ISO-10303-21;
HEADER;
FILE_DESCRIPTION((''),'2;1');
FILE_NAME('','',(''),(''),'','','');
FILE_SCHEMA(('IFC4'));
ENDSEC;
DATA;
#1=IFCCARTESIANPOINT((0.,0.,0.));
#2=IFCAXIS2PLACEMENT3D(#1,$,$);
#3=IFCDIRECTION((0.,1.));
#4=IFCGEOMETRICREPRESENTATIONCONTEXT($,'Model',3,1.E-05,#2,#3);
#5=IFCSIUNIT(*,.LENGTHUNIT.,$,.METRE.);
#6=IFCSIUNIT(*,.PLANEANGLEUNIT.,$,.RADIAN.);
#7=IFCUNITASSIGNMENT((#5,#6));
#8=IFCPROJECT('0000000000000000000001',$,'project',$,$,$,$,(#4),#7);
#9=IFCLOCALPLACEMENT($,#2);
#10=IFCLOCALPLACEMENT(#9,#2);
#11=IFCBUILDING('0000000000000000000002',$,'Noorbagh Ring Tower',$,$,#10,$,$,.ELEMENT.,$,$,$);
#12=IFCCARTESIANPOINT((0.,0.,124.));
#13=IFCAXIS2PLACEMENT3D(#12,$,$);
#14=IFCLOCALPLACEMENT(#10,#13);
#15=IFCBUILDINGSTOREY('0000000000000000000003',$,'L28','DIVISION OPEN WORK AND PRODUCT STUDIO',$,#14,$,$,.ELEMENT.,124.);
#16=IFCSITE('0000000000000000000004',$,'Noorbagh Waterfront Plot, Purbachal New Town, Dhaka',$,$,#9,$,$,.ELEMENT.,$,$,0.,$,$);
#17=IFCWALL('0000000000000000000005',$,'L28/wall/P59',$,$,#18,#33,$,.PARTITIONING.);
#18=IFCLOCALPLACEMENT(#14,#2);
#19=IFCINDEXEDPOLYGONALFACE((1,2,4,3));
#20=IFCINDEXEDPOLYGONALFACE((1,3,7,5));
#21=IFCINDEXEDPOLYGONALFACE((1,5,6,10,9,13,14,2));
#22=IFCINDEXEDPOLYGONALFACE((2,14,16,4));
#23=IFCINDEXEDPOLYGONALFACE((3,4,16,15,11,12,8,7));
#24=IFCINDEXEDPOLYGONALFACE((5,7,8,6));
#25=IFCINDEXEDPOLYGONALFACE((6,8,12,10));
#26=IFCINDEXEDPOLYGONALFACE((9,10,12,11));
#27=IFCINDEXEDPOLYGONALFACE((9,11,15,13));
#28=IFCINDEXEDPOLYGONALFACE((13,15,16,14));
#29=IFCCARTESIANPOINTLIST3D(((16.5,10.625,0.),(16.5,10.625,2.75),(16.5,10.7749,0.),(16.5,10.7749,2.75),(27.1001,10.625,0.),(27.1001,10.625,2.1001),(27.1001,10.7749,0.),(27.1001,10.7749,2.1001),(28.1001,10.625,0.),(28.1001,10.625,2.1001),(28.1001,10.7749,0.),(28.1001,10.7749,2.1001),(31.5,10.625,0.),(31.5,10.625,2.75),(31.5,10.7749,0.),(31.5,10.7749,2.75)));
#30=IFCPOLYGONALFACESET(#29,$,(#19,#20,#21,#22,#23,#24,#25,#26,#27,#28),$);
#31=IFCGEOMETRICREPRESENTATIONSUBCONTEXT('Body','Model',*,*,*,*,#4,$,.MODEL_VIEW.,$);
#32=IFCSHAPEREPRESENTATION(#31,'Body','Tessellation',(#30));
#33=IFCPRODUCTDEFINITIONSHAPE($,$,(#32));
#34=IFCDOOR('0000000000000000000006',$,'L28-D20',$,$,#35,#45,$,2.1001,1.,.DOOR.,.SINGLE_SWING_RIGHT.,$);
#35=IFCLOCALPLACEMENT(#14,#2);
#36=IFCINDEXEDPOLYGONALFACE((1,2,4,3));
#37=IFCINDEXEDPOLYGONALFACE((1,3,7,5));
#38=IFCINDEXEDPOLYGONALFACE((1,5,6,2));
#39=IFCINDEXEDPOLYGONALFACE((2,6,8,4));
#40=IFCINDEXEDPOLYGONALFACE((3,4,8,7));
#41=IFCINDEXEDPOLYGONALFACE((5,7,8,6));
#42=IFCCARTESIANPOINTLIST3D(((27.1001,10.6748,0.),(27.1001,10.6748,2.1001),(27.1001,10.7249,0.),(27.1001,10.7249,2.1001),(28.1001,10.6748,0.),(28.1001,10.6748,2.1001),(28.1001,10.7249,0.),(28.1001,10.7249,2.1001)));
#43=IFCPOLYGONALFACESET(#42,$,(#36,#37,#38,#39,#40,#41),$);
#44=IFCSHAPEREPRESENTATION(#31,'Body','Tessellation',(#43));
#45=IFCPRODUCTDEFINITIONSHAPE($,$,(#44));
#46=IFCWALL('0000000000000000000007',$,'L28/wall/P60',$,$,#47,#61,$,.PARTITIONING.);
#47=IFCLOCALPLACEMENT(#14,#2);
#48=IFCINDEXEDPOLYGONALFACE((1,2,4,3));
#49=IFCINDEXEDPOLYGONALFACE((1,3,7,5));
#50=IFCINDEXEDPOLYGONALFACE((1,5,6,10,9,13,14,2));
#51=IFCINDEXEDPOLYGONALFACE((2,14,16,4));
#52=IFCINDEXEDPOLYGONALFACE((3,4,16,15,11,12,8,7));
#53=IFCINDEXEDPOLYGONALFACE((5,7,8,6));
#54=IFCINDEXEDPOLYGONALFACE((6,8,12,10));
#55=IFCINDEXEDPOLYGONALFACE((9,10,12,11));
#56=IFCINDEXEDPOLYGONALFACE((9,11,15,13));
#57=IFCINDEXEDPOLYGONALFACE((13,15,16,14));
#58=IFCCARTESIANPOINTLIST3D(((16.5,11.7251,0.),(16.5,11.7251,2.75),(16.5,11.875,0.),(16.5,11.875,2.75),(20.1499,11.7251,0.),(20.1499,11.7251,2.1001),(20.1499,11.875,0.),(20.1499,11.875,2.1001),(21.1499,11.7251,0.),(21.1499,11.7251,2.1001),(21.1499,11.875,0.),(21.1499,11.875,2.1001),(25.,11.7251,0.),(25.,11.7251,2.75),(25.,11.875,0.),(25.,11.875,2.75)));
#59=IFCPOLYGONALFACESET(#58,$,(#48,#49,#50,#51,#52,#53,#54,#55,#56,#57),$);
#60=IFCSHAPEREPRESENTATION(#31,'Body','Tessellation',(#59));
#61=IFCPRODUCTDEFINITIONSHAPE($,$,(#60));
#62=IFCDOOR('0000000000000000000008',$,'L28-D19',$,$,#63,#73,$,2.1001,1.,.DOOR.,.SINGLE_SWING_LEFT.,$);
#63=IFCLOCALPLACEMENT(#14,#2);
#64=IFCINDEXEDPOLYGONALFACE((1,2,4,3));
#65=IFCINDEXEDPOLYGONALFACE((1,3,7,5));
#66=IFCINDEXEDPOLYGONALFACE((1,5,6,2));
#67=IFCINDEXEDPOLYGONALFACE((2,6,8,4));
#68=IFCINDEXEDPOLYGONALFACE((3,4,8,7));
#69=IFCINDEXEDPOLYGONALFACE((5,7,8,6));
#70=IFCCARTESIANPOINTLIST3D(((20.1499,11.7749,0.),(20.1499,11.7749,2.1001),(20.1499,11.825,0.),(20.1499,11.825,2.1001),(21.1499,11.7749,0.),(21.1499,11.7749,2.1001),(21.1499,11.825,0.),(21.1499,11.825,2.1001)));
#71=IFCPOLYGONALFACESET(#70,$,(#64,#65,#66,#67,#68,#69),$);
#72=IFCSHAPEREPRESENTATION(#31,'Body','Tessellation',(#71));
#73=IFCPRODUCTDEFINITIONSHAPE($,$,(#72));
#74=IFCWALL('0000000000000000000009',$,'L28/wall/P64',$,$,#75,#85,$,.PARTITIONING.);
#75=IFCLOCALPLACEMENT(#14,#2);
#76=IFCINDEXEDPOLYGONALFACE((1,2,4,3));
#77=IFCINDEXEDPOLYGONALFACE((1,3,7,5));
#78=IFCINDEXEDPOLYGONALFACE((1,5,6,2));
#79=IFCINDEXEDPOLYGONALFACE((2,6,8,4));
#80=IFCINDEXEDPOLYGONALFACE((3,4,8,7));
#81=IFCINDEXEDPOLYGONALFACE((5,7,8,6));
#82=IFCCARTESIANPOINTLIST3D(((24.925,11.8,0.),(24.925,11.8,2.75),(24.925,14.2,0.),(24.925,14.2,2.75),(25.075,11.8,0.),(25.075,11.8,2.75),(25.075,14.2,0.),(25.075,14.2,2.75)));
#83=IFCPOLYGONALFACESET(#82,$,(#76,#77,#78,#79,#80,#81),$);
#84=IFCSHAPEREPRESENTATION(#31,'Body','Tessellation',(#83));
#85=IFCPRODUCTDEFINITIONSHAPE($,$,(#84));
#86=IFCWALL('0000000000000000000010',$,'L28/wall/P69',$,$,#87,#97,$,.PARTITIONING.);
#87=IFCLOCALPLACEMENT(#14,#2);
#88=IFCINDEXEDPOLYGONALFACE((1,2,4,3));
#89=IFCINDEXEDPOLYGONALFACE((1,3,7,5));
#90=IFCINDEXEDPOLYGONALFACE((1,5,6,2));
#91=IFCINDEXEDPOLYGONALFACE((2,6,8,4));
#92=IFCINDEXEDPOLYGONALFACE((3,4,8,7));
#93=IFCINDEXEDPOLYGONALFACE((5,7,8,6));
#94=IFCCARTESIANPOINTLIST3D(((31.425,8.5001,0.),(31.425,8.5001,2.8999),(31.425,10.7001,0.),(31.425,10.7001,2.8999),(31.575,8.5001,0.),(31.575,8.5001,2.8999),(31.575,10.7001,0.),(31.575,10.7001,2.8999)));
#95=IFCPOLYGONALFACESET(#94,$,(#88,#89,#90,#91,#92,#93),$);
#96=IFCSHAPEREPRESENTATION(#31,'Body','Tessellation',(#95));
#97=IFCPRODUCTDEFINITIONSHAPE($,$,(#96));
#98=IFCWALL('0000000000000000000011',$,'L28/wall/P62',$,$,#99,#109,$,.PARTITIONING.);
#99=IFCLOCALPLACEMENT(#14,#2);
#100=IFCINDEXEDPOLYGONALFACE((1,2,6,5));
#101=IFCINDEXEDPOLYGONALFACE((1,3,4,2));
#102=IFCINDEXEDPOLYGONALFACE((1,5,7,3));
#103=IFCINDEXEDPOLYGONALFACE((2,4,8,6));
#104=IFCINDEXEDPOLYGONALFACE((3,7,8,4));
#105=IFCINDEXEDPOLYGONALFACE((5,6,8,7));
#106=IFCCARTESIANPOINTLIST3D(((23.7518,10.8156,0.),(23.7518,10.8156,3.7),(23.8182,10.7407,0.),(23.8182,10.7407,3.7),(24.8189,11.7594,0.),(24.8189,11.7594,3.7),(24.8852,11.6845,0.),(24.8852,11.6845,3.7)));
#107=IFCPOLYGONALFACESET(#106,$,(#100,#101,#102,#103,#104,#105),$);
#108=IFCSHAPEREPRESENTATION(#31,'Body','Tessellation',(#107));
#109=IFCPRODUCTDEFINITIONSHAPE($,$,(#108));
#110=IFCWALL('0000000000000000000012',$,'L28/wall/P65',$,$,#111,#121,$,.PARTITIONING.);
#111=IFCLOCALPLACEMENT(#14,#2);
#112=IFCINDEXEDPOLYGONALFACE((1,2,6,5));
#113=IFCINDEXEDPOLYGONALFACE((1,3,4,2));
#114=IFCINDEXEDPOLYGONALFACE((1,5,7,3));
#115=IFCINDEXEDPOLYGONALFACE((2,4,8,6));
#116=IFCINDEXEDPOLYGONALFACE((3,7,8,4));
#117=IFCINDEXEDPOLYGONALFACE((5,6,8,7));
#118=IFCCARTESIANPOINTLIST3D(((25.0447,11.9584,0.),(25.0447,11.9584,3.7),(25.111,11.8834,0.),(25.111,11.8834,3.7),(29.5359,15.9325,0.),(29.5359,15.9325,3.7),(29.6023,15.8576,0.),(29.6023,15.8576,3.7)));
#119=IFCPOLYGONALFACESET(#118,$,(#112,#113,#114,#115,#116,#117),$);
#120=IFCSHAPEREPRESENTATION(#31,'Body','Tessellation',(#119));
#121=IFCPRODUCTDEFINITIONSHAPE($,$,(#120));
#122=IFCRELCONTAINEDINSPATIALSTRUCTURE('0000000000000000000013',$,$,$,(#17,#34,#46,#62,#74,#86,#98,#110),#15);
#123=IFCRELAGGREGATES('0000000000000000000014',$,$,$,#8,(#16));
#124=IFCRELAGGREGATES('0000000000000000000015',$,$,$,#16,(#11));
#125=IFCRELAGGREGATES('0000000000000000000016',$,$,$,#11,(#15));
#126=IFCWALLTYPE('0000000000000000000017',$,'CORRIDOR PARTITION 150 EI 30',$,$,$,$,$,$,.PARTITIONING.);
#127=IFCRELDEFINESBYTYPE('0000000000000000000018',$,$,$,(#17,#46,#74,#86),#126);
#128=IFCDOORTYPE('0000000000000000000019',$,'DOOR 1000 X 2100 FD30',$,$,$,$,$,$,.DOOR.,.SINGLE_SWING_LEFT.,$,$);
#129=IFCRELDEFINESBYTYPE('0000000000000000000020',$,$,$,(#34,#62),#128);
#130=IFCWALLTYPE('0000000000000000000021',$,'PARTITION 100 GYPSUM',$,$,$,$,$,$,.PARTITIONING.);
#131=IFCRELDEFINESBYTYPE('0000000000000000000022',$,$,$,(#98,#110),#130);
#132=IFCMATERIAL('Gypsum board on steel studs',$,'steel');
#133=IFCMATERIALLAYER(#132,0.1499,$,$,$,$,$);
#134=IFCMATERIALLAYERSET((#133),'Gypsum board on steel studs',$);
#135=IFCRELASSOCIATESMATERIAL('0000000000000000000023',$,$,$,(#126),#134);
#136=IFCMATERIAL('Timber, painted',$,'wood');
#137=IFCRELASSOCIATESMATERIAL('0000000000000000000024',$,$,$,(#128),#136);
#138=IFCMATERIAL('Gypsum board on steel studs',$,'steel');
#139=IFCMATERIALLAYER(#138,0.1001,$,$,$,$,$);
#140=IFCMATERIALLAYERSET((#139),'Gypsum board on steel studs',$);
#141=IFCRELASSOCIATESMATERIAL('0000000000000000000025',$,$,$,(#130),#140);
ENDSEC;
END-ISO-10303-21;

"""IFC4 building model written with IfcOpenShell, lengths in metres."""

from ifc_helpers import new_model, si_unit, direction, frame, frame_2d, origin, place, context, subcontext, project, spatial, rectangle, extrude, material, layer, layer_set, type_object, element, fill, save


model = new_model("IFC4")

# Units and contexts
model_context = context("Model", 3, precision=1e-05, world=origin(), true_north=direction((0.0, 1.0)))
body_context = subcontext(model_context, "Body", "Model", "MODEL_VIEW")
ifc_project = project(units=[si_unit("LENGTHUNIT", "METRE"), si_unit("PLANEANGLEUNIT", "RADIAN")], contexts=[model_context])

# Site, building, storey
site_placement = place(None, origin())
site = spatial("IfcSite", under=ifc_project, at=site_placement, Name="Noorbagh Waterfront Plot, Purbachal New Town, Dhaka", CompositionType="ELEMENT", RefElevation=0.0)
building_placement = place(site_placement, origin())
building = spatial("IfcBuilding", under=site, at=building_placement, Name="Noorbagh Ring Tower", CompositionType="ELEMENT")
storey_placement = place(building_placement, frame((0.0, 0.0, 124.0)))
storey = spatial("IfcBuildingStorey", under=building, at=storey_placement, Name="L28", Description="DIVISION OPEN WORK AND PRODUCT STUDIO", CompositionType="ELEMENT", Elevation=124.0)

# Walls, openings, doors
ifc_material_1 = material(Name="Gypsum board on steel studs", Category="steel")
ifc_layer_1 = layer(ifc_material_1, 0.1499)
ifc_layer_set_1 = layer_set([ifc_layer_1], Name="Gypsum board on steel studs")
wall_type_1 = type_object("IfcWallType", Name="CORRIDOR PARTITION 150 EI 30", PredefinedType="PARTITIONING", material=ifc_layer_set_1)
wall_1_placement = place(storey_placement, frame((16.5, 10.7, 0.0), z_axis=(0.0, 0.0, 1.0), x_axis=(1.0, 0.0, 0.0)))
wall_1 = element("IfcWall", 1, at=wall_1_placement, inside=storey, type_object=wall_type_1, Name="L28/wall/P59", PredefinedType="PARTITIONING", context=body_context, shape_type="SweptSolid", body=[
    extrude(rectangle(XDim=15.0, YDim=0.1499, at=frame_2d((7.5, 0.0))), origin(), (0.0, 0.0, 1.0), 2.75),
])
opening_1_placement = place(wall_1_placement, frame((10.6001, 0.0, 0.0)))
opening_1 = element("IfcOpeningElement", 2, at=opening_1_placement, cuts=wall_1, PredefinedType="OPENING", context=body_context, shape_type="SweptSolid", body=[
    extrude(rectangle(XDim=1.0, YDim=2.1001, at=frame_2d((0.5, 1.05))), frame((0.0, 0.085, 0.0), z_axis=(0.0, -1.0, 0.0), x_axis=(1.0, 0.0, 0.0)), (0.0, 0.0, 1.0), 0.1699),
])
ifc_material_2 = material(Name="Timber, painted", Category="wood")
door_type = type_object("IfcDoorType", Name="DOOR 1000 X 2100 FD30", OperationType="SINGLE_SWING_LEFT", PredefinedType="DOOR", material=ifc_material_2)
door_1_placement = place(opening_1_placement, origin())
door_1 = element("IfcDoor", 3, at=door_1_placement, inside=storey, type_object=door_type, Name="L28-D20", OperationType="SINGLE_SWING_RIGHT", OverallHeight=2.1001, OverallWidth=1.0, PredefinedType="DOOR", context=body_context, shape_type="SweptSolid", body=[
    extrude(rectangle(XDim=1.0, YDim=2.1001, at=frame_2d((0.5, 1.05))), frame((0.0, 0.0249, 0.0), z_axis=(0.0, -1.0, 0.0), x_axis=(1.0, 0.0, 0.0)), (0.0, 0.0, 1.0), 0.05),
])
fill(opening_1, door_1)
wall_2_placement = place(storey_placement, frame((16.5, 11.8, 0.0), z_axis=(0.0, 0.0, 1.0), x_axis=(1.0, 0.0, 0.0)))
wall_2 = element("IfcWall", 4, at=wall_2_placement, inside=storey, type_object=wall_type_1, Name="L28/wall/P60", PredefinedType="PARTITIONING", context=body_context, shape_type="SweptSolid", body=[
    extrude(rectangle(XDim=8.5, YDim=0.1499, at=frame_2d((4.25, 0.0))), origin(), (0.0, 0.0, 1.0), 2.75),
])
opening_2_placement = place(wall_2_placement, frame((3.6499, 0.0, 0.0)))
opening_2 = element("IfcOpeningElement", 5, at=opening_2_placement, cuts=wall_2, PredefinedType="OPENING", context=body_context, shape_type="SweptSolid", body=[
    extrude(rectangle(XDim=1.0, YDim=2.1001, at=frame_2d((0.5, 1.05))), frame((0.0, 0.085, 0.0), z_axis=(0.0, -1.0, 0.0), x_axis=(1.0, 0.0, 0.0)), (0.0, 0.0, 1.0), 0.1699),
])
door_2_placement = place(opening_2_placement, origin())
door_2 = element("IfcDoor", 6, at=door_2_placement, inside=storey, type_object=door_type, Name="L28-D19", OperationType="SINGLE_SWING_LEFT", OverallHeight=2.1001, OverallWidth=1.0, PredefinedType="DOOR", context=body_context, shape_type="SweptSolid", body=[
    extrude(rectangle(XDim=1.0, YDim=2.1001, at=frame_2d((0.5, 1.05))), frame((0.0, 0.0249, 0.0), z_axis=(0.0, -1.0, 0.0), x_axis=(1.0, 0.0, 0.0)), (0.0, 0.0, 1.0), 0.05),
])
fill(opening_2, door_2)

# Walls
wall_3_placement = place(storey_placement, frame((25.0, 11.8, 0.0), z_axis=(0.0, 0.0, 1.0), x_axis=(0.0, 1.0, 0.0)))
element("IfcWall", 7, at=wall_3_placement, inside=storey, type_object=wall_type_1, Name="L28/wall/P64", PredefinedType="PARTITIONING", context=body_context, shape_type="SweptSolid", body=[
    extrude(rectangle(XDim=2.3999, YDim=0.1499, at=frame_2d((1.2, 0.0))), origin(), (0.0, 0.0, 1.0), 2.75),
])
wall_4_placement = place(storey_placement, frame((31.5, 8.5, 0.0), z_axis=(0.0, 0.0, 1.0), x_axis=(0.0, 1.0, 0.0)))
element("IfcWall", 8, at=wall_4_placement, inside=storey, type_object=wall_type_1, Name="L28/wall/P69", PredefinedType="PARTITIONING", context=body_context, shape_type="SweptSolid", body=[
    extrude(rectangle(XDim=2.2, YDim=0.1499, at=frame_2d((1.1001, 0.0))), origin(), (0.0, 0.0, 1.0), 2.8999),
])
ifc_material_3 = material(Name="Gypsum board on steel studs", Category="steel")
ifc_layer_2 = layer(ifc_material_3, 0.1001)
ifc_layer_set_2 = layer_set([ifc_layer_2], Name="Gypsum board on steel studs")
wall_type_2 = type_object("IfcWallType", Name="PARTITION 100 GYPSUM", PredefinedType="PARTITIONING", material=ifc_layer_set_2)
wall_5_placement = place(storey_placement, frame((23.7849, 10.7781, 0.0), z_axis=(0.0, 0.0, 1.0), x_axis=(0.749052, 0.662511, 0.0)))
element("IfcWall", 9, at=wall_5_placement, inside=storey, type_object=wall_type_2, Name="L28/wall/P62", PredefinedType="PARTITIONING", context=body_context, shape_type="SweptSolid", body=[
    extrude(rectangle(XDim=1.4246, YDim=0.1001, at=frame_2d((0.7124, 0.0))), origin(), (0.0, 0.0, 1.0), 3.7),
])
wall_6_placement = place(storey_placement, frame((25.0779, 11.9209, 0.0), z_axis=(0.0, 0.0, 1.0), x_axis=(0.748903, 0.662679, 0.0)))
element("IfcWall", 10, at=wall_6_placement, inside=storey, type_object=wall_type_2, Name="L28/wall/P65", PredefinedType="PARTITIONING", context=body_context, shape_type="SweptSolid", body=[
    extrude(rectangle(XDim=5.9971, YDim=0.1001, at=frame_2d((2.9985, 0.0))), origin(), (0.0, 0.0, 1.0), 3.7),
])

save(model, "model.ifc")
